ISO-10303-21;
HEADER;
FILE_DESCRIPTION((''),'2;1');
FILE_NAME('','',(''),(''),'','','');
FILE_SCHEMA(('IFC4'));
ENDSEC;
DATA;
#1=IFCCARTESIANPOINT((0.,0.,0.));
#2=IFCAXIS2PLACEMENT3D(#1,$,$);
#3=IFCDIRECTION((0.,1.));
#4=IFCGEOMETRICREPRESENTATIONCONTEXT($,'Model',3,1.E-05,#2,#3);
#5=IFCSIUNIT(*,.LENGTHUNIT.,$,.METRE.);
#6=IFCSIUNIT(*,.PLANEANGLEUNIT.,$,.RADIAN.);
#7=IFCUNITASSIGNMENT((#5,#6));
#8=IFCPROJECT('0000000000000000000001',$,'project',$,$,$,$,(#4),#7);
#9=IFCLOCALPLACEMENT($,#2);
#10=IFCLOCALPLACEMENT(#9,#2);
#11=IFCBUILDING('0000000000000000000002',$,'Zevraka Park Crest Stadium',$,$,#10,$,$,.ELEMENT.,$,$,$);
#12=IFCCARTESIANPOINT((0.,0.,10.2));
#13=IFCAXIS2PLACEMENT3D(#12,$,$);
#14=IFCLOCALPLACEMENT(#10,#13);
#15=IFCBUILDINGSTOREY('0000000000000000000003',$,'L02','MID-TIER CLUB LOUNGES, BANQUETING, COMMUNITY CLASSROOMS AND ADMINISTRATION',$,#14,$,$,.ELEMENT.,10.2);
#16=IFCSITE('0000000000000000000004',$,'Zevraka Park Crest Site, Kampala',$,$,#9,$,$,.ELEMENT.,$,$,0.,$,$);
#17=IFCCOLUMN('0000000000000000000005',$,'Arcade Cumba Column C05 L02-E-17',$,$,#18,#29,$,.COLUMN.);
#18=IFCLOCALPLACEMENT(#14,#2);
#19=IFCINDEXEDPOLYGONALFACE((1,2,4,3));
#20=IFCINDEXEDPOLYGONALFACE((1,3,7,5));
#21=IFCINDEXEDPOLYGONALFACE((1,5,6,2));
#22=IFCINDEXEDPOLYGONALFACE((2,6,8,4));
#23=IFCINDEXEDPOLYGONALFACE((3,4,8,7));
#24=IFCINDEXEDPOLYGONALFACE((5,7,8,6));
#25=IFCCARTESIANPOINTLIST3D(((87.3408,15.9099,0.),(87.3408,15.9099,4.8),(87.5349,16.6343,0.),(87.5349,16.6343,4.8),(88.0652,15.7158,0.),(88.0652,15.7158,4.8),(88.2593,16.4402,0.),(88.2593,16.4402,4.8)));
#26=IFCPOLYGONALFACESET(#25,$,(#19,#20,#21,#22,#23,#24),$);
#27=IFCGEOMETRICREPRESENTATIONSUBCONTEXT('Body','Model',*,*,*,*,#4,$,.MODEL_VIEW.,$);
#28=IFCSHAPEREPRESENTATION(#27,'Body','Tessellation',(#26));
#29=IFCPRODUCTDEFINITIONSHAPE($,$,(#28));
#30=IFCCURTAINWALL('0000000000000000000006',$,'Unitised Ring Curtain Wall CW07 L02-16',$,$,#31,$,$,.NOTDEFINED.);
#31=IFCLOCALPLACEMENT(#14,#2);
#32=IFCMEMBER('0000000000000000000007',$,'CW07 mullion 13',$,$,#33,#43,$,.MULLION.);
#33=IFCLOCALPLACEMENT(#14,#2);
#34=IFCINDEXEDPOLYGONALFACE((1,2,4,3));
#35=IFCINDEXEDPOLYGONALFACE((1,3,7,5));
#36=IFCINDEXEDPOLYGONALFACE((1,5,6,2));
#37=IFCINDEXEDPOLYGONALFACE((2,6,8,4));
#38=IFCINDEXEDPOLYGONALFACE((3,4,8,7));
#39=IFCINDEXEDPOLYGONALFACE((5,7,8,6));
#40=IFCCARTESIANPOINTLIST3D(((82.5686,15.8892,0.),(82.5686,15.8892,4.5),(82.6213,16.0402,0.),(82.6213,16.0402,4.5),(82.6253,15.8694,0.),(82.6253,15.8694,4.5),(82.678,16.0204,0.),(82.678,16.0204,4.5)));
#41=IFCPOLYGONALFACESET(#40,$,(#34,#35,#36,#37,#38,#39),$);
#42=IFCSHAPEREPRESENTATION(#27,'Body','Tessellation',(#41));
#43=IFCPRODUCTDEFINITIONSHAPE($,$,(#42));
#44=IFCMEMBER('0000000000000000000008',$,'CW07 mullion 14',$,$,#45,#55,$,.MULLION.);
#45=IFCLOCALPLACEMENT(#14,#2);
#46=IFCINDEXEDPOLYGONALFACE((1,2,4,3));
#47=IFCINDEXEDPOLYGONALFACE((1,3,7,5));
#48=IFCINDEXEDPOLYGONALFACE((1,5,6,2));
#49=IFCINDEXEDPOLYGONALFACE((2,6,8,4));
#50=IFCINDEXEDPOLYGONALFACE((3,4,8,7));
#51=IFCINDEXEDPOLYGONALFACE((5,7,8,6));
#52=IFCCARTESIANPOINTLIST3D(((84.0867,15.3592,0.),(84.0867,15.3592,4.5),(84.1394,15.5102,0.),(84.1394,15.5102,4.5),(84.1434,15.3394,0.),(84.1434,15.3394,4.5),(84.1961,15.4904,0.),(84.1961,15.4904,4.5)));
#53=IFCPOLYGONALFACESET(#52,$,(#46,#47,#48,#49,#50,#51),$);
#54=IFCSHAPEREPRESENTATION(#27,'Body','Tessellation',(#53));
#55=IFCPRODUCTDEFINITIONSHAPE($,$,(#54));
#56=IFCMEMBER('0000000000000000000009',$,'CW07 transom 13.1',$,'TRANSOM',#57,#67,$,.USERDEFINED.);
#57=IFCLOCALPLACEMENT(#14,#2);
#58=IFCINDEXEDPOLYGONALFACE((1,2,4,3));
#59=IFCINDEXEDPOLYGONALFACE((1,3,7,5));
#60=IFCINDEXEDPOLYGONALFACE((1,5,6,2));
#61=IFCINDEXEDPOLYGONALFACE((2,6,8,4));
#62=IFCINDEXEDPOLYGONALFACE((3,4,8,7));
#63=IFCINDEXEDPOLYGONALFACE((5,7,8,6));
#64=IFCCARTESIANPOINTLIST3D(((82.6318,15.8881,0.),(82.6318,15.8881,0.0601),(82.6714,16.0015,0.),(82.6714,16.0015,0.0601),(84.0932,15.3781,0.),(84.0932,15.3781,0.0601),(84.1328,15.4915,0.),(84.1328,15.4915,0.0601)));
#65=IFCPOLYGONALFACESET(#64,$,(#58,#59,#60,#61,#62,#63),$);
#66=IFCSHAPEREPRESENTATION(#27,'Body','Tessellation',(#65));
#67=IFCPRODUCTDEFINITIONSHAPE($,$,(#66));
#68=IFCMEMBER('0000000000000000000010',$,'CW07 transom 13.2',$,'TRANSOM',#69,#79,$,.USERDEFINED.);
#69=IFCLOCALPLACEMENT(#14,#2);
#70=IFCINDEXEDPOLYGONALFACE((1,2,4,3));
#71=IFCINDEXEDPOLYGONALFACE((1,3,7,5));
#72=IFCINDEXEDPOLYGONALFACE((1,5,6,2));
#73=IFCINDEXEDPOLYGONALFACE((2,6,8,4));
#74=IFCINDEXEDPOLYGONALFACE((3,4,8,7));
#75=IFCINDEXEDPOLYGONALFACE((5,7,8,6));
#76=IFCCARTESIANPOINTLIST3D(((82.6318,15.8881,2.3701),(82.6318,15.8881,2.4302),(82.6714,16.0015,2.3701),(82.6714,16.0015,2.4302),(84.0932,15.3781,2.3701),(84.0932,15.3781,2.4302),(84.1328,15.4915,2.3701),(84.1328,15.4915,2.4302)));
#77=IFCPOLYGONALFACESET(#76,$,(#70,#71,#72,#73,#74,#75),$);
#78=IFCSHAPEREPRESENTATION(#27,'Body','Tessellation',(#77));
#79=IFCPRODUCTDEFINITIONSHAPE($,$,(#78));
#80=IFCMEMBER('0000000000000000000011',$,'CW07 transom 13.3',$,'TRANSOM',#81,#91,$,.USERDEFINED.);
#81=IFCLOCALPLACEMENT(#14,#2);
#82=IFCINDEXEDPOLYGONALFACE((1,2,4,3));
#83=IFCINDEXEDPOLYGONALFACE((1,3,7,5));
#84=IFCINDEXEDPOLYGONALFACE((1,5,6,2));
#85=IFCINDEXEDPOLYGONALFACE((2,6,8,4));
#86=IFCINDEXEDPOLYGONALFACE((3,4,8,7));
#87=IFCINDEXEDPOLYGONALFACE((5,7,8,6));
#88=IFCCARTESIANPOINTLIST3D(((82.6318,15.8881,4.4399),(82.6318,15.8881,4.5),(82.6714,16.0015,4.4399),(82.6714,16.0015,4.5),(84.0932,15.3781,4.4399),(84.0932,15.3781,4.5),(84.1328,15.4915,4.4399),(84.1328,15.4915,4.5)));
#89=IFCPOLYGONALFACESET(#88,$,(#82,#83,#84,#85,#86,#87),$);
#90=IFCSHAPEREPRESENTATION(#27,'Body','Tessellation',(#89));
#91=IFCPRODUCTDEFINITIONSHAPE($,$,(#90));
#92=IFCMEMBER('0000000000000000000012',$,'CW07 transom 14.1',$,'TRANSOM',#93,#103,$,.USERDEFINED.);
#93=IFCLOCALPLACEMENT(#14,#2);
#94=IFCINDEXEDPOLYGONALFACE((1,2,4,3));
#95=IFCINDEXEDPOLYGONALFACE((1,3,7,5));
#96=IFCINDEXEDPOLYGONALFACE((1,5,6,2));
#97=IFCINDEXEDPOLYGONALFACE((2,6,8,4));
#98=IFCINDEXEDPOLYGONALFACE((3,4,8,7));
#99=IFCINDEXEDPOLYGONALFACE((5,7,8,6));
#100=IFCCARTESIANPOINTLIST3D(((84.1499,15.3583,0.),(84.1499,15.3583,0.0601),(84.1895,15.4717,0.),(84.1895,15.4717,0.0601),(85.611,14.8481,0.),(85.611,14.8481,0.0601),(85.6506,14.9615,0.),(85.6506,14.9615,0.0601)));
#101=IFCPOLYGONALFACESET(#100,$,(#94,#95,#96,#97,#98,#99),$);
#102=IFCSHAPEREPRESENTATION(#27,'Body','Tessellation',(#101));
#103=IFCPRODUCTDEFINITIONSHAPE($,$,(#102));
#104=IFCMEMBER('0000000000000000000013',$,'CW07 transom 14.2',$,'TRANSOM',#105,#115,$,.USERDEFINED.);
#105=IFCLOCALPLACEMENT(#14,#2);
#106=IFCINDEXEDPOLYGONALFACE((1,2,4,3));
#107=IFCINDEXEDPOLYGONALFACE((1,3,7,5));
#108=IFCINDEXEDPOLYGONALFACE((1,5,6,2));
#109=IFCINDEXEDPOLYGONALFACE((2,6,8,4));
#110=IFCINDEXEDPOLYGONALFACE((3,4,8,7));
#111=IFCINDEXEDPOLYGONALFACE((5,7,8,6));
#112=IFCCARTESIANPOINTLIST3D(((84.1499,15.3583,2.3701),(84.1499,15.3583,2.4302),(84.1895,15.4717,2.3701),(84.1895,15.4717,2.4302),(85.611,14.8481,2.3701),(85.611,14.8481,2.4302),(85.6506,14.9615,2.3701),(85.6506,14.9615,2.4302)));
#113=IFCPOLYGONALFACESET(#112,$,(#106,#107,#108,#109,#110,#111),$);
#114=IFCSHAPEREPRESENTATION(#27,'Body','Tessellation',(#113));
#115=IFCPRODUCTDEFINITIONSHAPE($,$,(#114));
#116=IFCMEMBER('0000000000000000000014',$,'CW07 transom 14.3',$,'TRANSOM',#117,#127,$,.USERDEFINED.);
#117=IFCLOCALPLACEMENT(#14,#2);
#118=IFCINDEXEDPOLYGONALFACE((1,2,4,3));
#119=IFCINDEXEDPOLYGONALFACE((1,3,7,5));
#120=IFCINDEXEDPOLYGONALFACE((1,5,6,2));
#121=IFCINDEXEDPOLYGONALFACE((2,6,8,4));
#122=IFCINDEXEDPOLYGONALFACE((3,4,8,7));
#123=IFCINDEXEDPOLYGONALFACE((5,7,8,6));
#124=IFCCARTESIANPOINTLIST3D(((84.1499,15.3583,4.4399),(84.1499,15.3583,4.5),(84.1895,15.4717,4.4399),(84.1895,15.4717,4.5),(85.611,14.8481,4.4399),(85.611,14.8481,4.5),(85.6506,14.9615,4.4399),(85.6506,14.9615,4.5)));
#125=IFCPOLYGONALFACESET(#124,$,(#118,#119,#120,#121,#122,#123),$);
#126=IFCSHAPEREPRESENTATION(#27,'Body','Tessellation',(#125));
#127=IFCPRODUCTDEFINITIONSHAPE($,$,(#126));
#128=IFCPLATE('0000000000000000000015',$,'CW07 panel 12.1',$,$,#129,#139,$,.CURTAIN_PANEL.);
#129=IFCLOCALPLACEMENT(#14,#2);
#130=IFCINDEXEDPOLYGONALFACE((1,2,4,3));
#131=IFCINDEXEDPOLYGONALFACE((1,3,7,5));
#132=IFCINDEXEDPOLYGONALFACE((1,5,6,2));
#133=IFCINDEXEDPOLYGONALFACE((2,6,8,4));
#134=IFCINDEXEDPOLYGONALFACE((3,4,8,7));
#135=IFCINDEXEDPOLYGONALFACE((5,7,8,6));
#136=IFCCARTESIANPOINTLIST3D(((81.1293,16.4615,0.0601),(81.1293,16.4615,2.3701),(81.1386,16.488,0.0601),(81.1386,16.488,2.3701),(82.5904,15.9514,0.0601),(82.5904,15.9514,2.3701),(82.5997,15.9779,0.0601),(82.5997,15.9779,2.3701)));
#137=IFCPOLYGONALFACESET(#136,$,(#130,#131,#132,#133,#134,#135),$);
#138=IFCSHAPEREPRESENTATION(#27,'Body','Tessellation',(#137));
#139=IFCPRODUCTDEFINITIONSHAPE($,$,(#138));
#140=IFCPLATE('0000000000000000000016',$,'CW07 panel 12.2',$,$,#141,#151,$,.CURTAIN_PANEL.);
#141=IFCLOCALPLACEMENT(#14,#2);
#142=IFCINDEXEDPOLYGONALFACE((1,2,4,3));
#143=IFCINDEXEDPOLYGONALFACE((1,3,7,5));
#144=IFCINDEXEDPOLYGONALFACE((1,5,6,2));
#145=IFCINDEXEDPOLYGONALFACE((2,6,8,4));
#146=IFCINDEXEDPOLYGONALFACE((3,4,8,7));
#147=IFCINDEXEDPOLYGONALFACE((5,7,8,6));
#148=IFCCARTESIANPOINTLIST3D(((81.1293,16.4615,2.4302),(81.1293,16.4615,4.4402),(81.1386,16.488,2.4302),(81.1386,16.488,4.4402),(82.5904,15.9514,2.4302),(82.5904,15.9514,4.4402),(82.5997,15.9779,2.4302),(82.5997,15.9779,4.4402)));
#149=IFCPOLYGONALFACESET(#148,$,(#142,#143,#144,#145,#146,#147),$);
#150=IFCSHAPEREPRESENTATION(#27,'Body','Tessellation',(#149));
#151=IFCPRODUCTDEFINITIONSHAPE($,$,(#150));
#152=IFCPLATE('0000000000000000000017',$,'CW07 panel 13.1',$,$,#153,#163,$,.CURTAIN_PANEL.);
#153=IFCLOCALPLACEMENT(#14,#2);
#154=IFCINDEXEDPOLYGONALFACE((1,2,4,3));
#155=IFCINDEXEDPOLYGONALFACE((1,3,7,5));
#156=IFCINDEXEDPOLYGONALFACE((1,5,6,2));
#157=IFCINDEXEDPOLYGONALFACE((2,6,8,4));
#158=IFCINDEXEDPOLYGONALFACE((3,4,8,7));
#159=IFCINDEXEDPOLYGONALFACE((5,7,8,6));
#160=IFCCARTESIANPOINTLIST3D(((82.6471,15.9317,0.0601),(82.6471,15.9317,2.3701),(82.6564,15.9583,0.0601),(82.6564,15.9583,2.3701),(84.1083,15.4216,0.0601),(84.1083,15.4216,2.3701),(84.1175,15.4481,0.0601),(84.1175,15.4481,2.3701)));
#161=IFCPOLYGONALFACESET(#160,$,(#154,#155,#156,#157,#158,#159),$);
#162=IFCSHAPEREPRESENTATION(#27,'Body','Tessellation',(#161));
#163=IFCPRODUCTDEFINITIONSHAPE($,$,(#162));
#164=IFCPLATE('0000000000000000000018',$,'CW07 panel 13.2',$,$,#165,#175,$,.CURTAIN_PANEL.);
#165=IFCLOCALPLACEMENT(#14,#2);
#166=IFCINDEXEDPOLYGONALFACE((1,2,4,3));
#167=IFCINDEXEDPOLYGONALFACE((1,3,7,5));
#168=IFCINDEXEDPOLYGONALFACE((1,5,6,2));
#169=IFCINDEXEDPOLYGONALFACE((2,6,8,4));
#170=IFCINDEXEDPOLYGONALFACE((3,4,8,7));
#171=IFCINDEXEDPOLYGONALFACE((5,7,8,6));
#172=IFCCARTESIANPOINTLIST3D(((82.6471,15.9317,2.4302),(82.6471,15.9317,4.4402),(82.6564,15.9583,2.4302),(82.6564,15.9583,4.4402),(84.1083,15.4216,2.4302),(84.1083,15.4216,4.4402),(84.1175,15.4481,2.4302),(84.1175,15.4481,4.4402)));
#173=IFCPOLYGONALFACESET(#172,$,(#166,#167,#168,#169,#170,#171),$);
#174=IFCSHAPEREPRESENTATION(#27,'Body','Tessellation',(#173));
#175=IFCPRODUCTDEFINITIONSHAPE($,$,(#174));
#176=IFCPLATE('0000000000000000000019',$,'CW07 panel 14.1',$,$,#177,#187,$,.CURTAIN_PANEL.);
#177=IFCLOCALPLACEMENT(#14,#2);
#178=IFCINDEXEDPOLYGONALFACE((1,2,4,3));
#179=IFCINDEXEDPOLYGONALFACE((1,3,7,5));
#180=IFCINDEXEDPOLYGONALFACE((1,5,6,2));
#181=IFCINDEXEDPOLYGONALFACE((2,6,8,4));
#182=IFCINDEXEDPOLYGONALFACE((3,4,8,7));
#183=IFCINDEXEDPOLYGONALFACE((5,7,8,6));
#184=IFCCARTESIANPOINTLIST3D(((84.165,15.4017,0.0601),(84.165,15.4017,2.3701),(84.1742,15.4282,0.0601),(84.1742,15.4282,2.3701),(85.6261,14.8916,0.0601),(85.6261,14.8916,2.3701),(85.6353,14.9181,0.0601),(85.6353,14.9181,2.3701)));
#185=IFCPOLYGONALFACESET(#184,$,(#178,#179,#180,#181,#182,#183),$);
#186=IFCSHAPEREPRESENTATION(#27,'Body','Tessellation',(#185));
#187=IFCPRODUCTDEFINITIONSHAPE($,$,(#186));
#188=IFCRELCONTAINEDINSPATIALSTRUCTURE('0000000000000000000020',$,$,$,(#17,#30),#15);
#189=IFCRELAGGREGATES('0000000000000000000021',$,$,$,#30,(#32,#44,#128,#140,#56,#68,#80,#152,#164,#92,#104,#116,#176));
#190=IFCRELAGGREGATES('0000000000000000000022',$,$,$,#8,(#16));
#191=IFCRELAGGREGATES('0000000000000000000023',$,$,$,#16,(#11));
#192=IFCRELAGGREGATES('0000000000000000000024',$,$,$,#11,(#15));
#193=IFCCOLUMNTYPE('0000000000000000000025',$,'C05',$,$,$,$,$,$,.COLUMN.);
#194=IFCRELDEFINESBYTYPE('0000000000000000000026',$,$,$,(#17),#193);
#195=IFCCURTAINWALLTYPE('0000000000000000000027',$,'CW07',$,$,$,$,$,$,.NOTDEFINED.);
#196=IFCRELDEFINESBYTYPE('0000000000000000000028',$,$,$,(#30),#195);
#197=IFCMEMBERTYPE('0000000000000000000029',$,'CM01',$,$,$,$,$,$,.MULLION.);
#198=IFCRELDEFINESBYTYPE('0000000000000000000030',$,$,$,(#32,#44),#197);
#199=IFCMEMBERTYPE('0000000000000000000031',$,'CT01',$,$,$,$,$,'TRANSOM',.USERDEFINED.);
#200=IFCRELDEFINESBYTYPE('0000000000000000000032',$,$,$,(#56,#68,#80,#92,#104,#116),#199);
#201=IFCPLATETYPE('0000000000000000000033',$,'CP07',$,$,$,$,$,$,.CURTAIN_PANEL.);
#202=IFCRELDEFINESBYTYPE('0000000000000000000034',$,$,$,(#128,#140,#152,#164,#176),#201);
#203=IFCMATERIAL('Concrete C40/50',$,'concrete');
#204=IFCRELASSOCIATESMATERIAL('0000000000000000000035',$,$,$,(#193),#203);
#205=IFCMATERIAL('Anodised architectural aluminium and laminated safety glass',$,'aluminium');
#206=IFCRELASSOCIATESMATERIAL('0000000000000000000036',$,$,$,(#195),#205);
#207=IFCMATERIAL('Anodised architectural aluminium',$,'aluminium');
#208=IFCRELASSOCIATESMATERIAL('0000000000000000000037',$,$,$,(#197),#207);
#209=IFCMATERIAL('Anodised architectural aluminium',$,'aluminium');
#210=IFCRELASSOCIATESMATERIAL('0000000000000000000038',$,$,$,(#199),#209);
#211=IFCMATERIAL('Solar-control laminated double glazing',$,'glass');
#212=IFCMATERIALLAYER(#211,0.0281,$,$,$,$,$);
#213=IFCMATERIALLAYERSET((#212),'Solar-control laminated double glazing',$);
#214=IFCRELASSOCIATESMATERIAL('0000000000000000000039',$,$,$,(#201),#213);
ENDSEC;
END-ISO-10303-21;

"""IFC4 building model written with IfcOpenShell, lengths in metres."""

from ifc_helpers import new_model, si_unit, direction, frame, origin, origin_2d, place, context, subcontext, project, spatial, rectangle, extrude, material, layer, layer_set, material_profile, profile_set, type_object, element, aggregate, save


model = new_model("IFC4")

# Units and contexts
model_context = context("Model", 3, precision=1e-05, world=origin(), true_north=direction((0.0, 1.0)))
body_context = subcontext(model_context, "Body", "Model", "MODEL_VIEW")
ifc_project = project(units=[si_unit("LENGTHUNIT", "METRE"), si_unit("PLANEANGLEUNIT", "RADIAN")], contexts=[model_context])

# Site, building, storey
site_placement = place(None, origin())
site = spatial("IfcSite", under=ifc_project, at=site_placement, Name="Zevraka Park Crest Site, Kampala", CompositionType="ELEMENT", RefElevation=0.0)
building_placement = place(site_placement, origin())
building = spatial("IfcBuilding", under=site, at=building_placement, Name="Zevraka Park Crest Stadium", CompositionType="ELEMENT")
storey_placement = place(building_placement, frame((0.0, 0.0, 10.2)))
storey = spatial("IfcBuildingStorey", under=building, at=storey_placement, Name="L02", Description="MID-TIER CLUB LOUNGES, BANQUETING, COMMUNITY CLASSROOMS AND ADMINISTRATION", CompositionType="ELEMENT", Elevation=10.2)

# Column
ifc_material_1 = material(Name="Concrete C40/50", Category="concrete")
ifc_material_profile_1 = material_profile(ifc_material_1, rectangle(XDim=0.75, YDim=0.75, at=origin_2d()), Name="RC 750x750")
ifc_profile_set_1 = profile_set([ifc_material_profile_1], Name="Concrete C40/50")
column_type = type_object("IfcColumnType", Name="C05", PredefinedType="COLUMN", material=ifc_profile_set_1)
column_placement = place(storey_placement, frame((87.8, 16.175, 0.0), z_axis=(0.0, 0.0, 1.0), x_axis=(0.258819, 0.965926, 0.0)))
element("IfcColumn", 1, at=column_placement, inside=storey, type_object=column_type, Name="Arcade Cumba Column C05 L02-E-17", PredefinedType="COLUMN", context=body_context, shape_type="SweptSolid", body=[
    extrude(rectangle(XDim=0.75, YDim=0.75, at=origin_2d()), origin(), (0.0, 0.0, 1.0), 4.8),
])

# Curtain wall, members, plates
ifc_material_2 = material(Name="Anodised architectural aluminium and laminated safety glass", Category="aluminium")
curtain_wall_type = type_object("IfcCurtainWallType", Name="CW07", PredefinedType="NOTDEFINED", material=ifc_material_2)
curtain_wall_placement = place(storey_placement, origin())
curtain_wall = element("IfcCurtainWall", 2, at=curtain_wall_placement, inside=storey, type_object=curtain_wall_type, Name="Unitised Ring Curtain Wall CW07 L02-16", PredefinedType="NOTDEFINED")
ifc_material_3 = material(Name="Anodised architectural aluminium", Category="aluminium")
ifc_material_profile_2 = material_profile(ifc_material_3, rectangle(XDim=0.1599, YDim=0.0601, at=origin_2d()), Name="ALU MULLION 160x60")
ifc_profile_set_2 = profile_set([ifc_material_profile_2], Name="Anodised architectural aluminium")
member_type_1 = type_object("IfcMemberType", Name="CM01", PredefinedType="MULLION", material=ifc_profile_set_2)
member_1_placement = place(storey_placement, frame((82.6233, 15.9548, 0.0), z_axis=(0.0, 0.0, 1.0), x_axis=(0.329619, 0.944114, 0.0)))
member_1 = element("IfcMember", 3, at=member_1_placement, type_object=member_type_1, Name="CW07 mullion 13", PredefinedType="MULLION", context=body_context, shape_type="SweptSolid", body=[
    extrude(rectangle(XDim=0.1599, YDim=0.0601, at=origin_2d()), origin(), (0.0, 0.0, 1.0), 4.5),
])
member_2_placement = place(storey_placement, frame((84.1414, 15.4248, 0.0), z_axis=(0.0, 0.0, 1.0), x_axis=(0.329619, 0.944114, 0.0)))
member_2 = element("IfcMember", 4, at=member_2_placement, type_object=member_type_1, Name="CW07 mullion 14", PredefinedType="MULLION", context=body_context, shape_type="SweptSolid", body=[
    extrude(rectangle(XDim=0.1599, YDim=0.0601, at=origin_2d()), origin(), (0.0, 0.0, 1.0), 4.5),
])
ifc_material_4 = material(Name="Anodised architectural aluminium", Category="aluminium")
ifc_material_profile_3 = material_profile(ifc_material_4, rectangle(XDim=0.1201, YDim=0.0601, at=origin_2d()), Name="ALU TRANSOM 120x60")
ifc_profile_set_3 = profile_set([ifc_material_profile_3], Name="Anodised architectural aluminium")
member_type_2 = type_object("IfcMemberType", Name="CT01", ElementType="TRANSOM", PredefinedType="USERDEFINED", material=ifc_profile_set_3)
member_3_placement = place(storey_placement, frame((82.6516, 15.9448, 0.03), z_axis=(0.944158, -0.329493, 0.0), x_axis=(0.329493, 0.944158, 0.0)))
member_3 = element("IfcMember", 5, at=member_3_placement, type_object=member_type_2, Name="CW07 transom 13.1", ObjectType="TRANSOM", PredefinedType="USERDEFINED", context=body_context, shape_type="SweptSolid", body=[
    extrude(rectangle(XDim=0.1201, YDim=0.0601, at=origin_2d()), origin(), (0.0, 0.0, 1.0), 1.5479),
])
member_4_placement = place(storey_placement, frame((82.6516, 15.9448, 2.4001), z_axis=(0.944158, -0.329493, 0.0), x_axis=(0.329493, 0.944158, 0.0)))
member_4 = element("IfcMember", 6, at=member_4_placement, type_object=member_type_2, Name="CW07 transom 13.2", ObjectType="TRANSOM", PredefinedType="USERDEFINED", context=body_context, shape_type="SweptSolid", body=[
    extrude(rectangle(XDim=0.1201, YDim=0.0601, at=origin_2d()), origin(), (0.0, 0.0, 1.0), 1.5479),
])
member_5_placement = place(storey_placement, frame((82.6516, 15.9448, 4.47), z_axis=(0.944158, -0.329493, 0.0), x_axis=(0.329493, 0.944158, 0.0)))
member_5 = element("IfcMember", 7, at=member_5_placement, type_object=member_type_2, Name="CW07 transom 13.3", ObjectType="TRANSOM", PredefinedType="USERDEFINED", context=body_context, shape_type="SweptSolid", body=[
    extrude(rectangle(XDim=0.1201, YDim=0.0601, at=origin_2d()), origin(), (0.0, 0.0, 1.0), 1.5479),
])
member_6_placement = place(storey_placement, frame((84.1697, 15.415, 0.03), z_axis=(0.944092, -0.329683, 0.0), x_axis=(0.329683, 0.944092, 0.0)))
member_6 = element("IfcMember", 8, at=member_6_placement, type_object=member_type_2, Name="CW07 transom 14.1", ObjectType="TRANSOM", PredefinedType="USERDEFINED", context=body_context, shape_type="SweptSolid", body=[
    extrude(rectangle(XDim=0.1201, YDim=0.0601, at=origin_2d()), origin(), (0.0, 0.0, 1.0), 1.5476),
])
member_7_placement = place(storey_placement, frame((84.1697, 15.415, 2.4001), z_axis=(0.944092, -0.329683, 0.0), x_axis=(0.329683, 0.944092, 0.0)))
member_7 = element("IfcMember", 9, at=member_7_placement, type_object=member_type_2, Name="CW07 transom 14.2", ObjectType="TRANSOM", PredefinedType="USERDEFINED", context=body_context, shape_type="SweptSolid", body=[
    extrude(rectangle(XDim=0.1201, YDim=0.0601, at=origin_2d()), origin(), (0.0, 0.0, 1.0), 1.5476),
])
member_8_placement = place(storey_placement, frame((84.1697, 15.415, 4.47), z_axis=(0.944092, -0.329683, 0.0), x_axis=(0.329683, 0.944092, 0.0)))
member_8 = element("IfcMember", 10, at=member_8_placement, type_object=member_type_2, Name="CW07 transom 14.3", ObjectType="TRANSOM", PredefinedType="USERDEFINED", context=body_context, shape_type="SweptSolid", body=[
    extrude(rectangle(XDim=0.1201, YDim=0.0601, at=origin_2d()), origin(), (0.0, 0.0, 1.0), 1.5476),
])
ifc_material_5 = material(Name="Solar-control laminated double glazing", Category="glass")
ifc_layer_1 = layer(ifc_material_5, 0.0281)
ifc_layer_set_1 = layer_set([ifc_layer_1], Name="Solar-control laminated double glazing")
plate_type = type_object("IfcPlateType", Name="CP07", PredefinedType="CURTAIN_PANEL", material=ifc_layer_set_1)
plate_1_placement = place(storey_placement, frame((81.8645, 16.2197, 0.0601), z_axis=(0.0, 0.0, 1.0), x_axis=(0.944114, -0.329619, 0.0)))
plate_1 = element("IfcPlate", 11, at=plate_1_placement, type_object=plate_type, Name="CW07 panel 12.1", PredefinedType="CURTAIN_PANEL", context=body_context, shape_type="SweptSolid", body=[
    extrude(rectangle(XDim=1.5476, YDim=0.0281, at=origin_2d()), origin(), (0.0, 0.0, 1.0), 2.3101),
])
plate_2_placement = place(storey_placement, frame((81.8645, 16.2197, 2.4302), z_axis=(0.0, 0.0, 1.0), x_axis=(0.944114, -0.329619, 0.0)))
plate_2 = element("IfcPlate", 12, at=plate_2_placement, type_object=plate_type, Name="CW07 panel 12.2", PredefinedType="CURTAIN_PANEL", context=body_context, shape_type="SweptSolid", body=[
    extrude(rectangle(XDim=1.5476, YDim=0.0281, at=origin_2d()), origin(), (0.0, 0.0, 1.0), 2.01),
])
plate_3_placement = place(storey_placement, frame((83.3823, 15.6899, 0.0601), z_axis=(0.0, 0.0, 1.0), x_axis=(0.944114, -0.329619, 0.0)))
plate_3 = element("IfcPlate", 13, at=plate_3_placement, type_object=plate_type, Name="CW07 panel 13.1", PredefinedType="CURTAIN_PANEL", context=body_context, shape_type="SweptSolid", body=[
    extrude(rectangle(XDim=1.5476, YDim=0.0281, at=origin_2d()), origin(), (0.0, 0.0, 1.0), 2.3101),
])
plate_4_placement = place(storey_placement, frame((83.3823, 15.6899, 2.4302), z_axis=(0.0, 0.0, 1.0), x_axis=(0.944114, -0.329619, 0.0)))
plate_4 = element("IfcPlate", 14, at=plate_4_placement, type_object=plate_type, Name="CW07 panel 13.2", PredefinedType="CURTAIN_PANEL", context=body_context, shape_type="SweptSolid", body=[
    extrude(rectangle(XDim=1.5476, YDim=0.0281, at=origin_2d()), origin(), (0.0, 0.0, 1.0), 2.01),
])
plate_5_placement = place(storey_placement, frame((84.9001, 15.1599, 0.0601), z_axis=(0.0, 0.0, 1.0), x_axis=(0.944114, -0.329619, 0.0)))
plate_5 = element("IfcPlate", 15, at=plate_5_placement, type_object=plate_type, Name="CW07 panel 14.1", PredefinedType="CURTAIN_PANEL", context=body_context, shape_type="SweptSolid", body=[
    extrude(rectangle(XDim=1.5476, YDim=0.0281, at=origin_2d()), origin(), (0.0, 0.0, 1.0), 2.3101),
])
aggregate(curtain_wall, [member_1, member_2, plate_1, plate_2, member_3, member_4, member_5, plate_3, plate_4, member_6, member_7, member_8, plate_5])

save(model, "model.ifc")
